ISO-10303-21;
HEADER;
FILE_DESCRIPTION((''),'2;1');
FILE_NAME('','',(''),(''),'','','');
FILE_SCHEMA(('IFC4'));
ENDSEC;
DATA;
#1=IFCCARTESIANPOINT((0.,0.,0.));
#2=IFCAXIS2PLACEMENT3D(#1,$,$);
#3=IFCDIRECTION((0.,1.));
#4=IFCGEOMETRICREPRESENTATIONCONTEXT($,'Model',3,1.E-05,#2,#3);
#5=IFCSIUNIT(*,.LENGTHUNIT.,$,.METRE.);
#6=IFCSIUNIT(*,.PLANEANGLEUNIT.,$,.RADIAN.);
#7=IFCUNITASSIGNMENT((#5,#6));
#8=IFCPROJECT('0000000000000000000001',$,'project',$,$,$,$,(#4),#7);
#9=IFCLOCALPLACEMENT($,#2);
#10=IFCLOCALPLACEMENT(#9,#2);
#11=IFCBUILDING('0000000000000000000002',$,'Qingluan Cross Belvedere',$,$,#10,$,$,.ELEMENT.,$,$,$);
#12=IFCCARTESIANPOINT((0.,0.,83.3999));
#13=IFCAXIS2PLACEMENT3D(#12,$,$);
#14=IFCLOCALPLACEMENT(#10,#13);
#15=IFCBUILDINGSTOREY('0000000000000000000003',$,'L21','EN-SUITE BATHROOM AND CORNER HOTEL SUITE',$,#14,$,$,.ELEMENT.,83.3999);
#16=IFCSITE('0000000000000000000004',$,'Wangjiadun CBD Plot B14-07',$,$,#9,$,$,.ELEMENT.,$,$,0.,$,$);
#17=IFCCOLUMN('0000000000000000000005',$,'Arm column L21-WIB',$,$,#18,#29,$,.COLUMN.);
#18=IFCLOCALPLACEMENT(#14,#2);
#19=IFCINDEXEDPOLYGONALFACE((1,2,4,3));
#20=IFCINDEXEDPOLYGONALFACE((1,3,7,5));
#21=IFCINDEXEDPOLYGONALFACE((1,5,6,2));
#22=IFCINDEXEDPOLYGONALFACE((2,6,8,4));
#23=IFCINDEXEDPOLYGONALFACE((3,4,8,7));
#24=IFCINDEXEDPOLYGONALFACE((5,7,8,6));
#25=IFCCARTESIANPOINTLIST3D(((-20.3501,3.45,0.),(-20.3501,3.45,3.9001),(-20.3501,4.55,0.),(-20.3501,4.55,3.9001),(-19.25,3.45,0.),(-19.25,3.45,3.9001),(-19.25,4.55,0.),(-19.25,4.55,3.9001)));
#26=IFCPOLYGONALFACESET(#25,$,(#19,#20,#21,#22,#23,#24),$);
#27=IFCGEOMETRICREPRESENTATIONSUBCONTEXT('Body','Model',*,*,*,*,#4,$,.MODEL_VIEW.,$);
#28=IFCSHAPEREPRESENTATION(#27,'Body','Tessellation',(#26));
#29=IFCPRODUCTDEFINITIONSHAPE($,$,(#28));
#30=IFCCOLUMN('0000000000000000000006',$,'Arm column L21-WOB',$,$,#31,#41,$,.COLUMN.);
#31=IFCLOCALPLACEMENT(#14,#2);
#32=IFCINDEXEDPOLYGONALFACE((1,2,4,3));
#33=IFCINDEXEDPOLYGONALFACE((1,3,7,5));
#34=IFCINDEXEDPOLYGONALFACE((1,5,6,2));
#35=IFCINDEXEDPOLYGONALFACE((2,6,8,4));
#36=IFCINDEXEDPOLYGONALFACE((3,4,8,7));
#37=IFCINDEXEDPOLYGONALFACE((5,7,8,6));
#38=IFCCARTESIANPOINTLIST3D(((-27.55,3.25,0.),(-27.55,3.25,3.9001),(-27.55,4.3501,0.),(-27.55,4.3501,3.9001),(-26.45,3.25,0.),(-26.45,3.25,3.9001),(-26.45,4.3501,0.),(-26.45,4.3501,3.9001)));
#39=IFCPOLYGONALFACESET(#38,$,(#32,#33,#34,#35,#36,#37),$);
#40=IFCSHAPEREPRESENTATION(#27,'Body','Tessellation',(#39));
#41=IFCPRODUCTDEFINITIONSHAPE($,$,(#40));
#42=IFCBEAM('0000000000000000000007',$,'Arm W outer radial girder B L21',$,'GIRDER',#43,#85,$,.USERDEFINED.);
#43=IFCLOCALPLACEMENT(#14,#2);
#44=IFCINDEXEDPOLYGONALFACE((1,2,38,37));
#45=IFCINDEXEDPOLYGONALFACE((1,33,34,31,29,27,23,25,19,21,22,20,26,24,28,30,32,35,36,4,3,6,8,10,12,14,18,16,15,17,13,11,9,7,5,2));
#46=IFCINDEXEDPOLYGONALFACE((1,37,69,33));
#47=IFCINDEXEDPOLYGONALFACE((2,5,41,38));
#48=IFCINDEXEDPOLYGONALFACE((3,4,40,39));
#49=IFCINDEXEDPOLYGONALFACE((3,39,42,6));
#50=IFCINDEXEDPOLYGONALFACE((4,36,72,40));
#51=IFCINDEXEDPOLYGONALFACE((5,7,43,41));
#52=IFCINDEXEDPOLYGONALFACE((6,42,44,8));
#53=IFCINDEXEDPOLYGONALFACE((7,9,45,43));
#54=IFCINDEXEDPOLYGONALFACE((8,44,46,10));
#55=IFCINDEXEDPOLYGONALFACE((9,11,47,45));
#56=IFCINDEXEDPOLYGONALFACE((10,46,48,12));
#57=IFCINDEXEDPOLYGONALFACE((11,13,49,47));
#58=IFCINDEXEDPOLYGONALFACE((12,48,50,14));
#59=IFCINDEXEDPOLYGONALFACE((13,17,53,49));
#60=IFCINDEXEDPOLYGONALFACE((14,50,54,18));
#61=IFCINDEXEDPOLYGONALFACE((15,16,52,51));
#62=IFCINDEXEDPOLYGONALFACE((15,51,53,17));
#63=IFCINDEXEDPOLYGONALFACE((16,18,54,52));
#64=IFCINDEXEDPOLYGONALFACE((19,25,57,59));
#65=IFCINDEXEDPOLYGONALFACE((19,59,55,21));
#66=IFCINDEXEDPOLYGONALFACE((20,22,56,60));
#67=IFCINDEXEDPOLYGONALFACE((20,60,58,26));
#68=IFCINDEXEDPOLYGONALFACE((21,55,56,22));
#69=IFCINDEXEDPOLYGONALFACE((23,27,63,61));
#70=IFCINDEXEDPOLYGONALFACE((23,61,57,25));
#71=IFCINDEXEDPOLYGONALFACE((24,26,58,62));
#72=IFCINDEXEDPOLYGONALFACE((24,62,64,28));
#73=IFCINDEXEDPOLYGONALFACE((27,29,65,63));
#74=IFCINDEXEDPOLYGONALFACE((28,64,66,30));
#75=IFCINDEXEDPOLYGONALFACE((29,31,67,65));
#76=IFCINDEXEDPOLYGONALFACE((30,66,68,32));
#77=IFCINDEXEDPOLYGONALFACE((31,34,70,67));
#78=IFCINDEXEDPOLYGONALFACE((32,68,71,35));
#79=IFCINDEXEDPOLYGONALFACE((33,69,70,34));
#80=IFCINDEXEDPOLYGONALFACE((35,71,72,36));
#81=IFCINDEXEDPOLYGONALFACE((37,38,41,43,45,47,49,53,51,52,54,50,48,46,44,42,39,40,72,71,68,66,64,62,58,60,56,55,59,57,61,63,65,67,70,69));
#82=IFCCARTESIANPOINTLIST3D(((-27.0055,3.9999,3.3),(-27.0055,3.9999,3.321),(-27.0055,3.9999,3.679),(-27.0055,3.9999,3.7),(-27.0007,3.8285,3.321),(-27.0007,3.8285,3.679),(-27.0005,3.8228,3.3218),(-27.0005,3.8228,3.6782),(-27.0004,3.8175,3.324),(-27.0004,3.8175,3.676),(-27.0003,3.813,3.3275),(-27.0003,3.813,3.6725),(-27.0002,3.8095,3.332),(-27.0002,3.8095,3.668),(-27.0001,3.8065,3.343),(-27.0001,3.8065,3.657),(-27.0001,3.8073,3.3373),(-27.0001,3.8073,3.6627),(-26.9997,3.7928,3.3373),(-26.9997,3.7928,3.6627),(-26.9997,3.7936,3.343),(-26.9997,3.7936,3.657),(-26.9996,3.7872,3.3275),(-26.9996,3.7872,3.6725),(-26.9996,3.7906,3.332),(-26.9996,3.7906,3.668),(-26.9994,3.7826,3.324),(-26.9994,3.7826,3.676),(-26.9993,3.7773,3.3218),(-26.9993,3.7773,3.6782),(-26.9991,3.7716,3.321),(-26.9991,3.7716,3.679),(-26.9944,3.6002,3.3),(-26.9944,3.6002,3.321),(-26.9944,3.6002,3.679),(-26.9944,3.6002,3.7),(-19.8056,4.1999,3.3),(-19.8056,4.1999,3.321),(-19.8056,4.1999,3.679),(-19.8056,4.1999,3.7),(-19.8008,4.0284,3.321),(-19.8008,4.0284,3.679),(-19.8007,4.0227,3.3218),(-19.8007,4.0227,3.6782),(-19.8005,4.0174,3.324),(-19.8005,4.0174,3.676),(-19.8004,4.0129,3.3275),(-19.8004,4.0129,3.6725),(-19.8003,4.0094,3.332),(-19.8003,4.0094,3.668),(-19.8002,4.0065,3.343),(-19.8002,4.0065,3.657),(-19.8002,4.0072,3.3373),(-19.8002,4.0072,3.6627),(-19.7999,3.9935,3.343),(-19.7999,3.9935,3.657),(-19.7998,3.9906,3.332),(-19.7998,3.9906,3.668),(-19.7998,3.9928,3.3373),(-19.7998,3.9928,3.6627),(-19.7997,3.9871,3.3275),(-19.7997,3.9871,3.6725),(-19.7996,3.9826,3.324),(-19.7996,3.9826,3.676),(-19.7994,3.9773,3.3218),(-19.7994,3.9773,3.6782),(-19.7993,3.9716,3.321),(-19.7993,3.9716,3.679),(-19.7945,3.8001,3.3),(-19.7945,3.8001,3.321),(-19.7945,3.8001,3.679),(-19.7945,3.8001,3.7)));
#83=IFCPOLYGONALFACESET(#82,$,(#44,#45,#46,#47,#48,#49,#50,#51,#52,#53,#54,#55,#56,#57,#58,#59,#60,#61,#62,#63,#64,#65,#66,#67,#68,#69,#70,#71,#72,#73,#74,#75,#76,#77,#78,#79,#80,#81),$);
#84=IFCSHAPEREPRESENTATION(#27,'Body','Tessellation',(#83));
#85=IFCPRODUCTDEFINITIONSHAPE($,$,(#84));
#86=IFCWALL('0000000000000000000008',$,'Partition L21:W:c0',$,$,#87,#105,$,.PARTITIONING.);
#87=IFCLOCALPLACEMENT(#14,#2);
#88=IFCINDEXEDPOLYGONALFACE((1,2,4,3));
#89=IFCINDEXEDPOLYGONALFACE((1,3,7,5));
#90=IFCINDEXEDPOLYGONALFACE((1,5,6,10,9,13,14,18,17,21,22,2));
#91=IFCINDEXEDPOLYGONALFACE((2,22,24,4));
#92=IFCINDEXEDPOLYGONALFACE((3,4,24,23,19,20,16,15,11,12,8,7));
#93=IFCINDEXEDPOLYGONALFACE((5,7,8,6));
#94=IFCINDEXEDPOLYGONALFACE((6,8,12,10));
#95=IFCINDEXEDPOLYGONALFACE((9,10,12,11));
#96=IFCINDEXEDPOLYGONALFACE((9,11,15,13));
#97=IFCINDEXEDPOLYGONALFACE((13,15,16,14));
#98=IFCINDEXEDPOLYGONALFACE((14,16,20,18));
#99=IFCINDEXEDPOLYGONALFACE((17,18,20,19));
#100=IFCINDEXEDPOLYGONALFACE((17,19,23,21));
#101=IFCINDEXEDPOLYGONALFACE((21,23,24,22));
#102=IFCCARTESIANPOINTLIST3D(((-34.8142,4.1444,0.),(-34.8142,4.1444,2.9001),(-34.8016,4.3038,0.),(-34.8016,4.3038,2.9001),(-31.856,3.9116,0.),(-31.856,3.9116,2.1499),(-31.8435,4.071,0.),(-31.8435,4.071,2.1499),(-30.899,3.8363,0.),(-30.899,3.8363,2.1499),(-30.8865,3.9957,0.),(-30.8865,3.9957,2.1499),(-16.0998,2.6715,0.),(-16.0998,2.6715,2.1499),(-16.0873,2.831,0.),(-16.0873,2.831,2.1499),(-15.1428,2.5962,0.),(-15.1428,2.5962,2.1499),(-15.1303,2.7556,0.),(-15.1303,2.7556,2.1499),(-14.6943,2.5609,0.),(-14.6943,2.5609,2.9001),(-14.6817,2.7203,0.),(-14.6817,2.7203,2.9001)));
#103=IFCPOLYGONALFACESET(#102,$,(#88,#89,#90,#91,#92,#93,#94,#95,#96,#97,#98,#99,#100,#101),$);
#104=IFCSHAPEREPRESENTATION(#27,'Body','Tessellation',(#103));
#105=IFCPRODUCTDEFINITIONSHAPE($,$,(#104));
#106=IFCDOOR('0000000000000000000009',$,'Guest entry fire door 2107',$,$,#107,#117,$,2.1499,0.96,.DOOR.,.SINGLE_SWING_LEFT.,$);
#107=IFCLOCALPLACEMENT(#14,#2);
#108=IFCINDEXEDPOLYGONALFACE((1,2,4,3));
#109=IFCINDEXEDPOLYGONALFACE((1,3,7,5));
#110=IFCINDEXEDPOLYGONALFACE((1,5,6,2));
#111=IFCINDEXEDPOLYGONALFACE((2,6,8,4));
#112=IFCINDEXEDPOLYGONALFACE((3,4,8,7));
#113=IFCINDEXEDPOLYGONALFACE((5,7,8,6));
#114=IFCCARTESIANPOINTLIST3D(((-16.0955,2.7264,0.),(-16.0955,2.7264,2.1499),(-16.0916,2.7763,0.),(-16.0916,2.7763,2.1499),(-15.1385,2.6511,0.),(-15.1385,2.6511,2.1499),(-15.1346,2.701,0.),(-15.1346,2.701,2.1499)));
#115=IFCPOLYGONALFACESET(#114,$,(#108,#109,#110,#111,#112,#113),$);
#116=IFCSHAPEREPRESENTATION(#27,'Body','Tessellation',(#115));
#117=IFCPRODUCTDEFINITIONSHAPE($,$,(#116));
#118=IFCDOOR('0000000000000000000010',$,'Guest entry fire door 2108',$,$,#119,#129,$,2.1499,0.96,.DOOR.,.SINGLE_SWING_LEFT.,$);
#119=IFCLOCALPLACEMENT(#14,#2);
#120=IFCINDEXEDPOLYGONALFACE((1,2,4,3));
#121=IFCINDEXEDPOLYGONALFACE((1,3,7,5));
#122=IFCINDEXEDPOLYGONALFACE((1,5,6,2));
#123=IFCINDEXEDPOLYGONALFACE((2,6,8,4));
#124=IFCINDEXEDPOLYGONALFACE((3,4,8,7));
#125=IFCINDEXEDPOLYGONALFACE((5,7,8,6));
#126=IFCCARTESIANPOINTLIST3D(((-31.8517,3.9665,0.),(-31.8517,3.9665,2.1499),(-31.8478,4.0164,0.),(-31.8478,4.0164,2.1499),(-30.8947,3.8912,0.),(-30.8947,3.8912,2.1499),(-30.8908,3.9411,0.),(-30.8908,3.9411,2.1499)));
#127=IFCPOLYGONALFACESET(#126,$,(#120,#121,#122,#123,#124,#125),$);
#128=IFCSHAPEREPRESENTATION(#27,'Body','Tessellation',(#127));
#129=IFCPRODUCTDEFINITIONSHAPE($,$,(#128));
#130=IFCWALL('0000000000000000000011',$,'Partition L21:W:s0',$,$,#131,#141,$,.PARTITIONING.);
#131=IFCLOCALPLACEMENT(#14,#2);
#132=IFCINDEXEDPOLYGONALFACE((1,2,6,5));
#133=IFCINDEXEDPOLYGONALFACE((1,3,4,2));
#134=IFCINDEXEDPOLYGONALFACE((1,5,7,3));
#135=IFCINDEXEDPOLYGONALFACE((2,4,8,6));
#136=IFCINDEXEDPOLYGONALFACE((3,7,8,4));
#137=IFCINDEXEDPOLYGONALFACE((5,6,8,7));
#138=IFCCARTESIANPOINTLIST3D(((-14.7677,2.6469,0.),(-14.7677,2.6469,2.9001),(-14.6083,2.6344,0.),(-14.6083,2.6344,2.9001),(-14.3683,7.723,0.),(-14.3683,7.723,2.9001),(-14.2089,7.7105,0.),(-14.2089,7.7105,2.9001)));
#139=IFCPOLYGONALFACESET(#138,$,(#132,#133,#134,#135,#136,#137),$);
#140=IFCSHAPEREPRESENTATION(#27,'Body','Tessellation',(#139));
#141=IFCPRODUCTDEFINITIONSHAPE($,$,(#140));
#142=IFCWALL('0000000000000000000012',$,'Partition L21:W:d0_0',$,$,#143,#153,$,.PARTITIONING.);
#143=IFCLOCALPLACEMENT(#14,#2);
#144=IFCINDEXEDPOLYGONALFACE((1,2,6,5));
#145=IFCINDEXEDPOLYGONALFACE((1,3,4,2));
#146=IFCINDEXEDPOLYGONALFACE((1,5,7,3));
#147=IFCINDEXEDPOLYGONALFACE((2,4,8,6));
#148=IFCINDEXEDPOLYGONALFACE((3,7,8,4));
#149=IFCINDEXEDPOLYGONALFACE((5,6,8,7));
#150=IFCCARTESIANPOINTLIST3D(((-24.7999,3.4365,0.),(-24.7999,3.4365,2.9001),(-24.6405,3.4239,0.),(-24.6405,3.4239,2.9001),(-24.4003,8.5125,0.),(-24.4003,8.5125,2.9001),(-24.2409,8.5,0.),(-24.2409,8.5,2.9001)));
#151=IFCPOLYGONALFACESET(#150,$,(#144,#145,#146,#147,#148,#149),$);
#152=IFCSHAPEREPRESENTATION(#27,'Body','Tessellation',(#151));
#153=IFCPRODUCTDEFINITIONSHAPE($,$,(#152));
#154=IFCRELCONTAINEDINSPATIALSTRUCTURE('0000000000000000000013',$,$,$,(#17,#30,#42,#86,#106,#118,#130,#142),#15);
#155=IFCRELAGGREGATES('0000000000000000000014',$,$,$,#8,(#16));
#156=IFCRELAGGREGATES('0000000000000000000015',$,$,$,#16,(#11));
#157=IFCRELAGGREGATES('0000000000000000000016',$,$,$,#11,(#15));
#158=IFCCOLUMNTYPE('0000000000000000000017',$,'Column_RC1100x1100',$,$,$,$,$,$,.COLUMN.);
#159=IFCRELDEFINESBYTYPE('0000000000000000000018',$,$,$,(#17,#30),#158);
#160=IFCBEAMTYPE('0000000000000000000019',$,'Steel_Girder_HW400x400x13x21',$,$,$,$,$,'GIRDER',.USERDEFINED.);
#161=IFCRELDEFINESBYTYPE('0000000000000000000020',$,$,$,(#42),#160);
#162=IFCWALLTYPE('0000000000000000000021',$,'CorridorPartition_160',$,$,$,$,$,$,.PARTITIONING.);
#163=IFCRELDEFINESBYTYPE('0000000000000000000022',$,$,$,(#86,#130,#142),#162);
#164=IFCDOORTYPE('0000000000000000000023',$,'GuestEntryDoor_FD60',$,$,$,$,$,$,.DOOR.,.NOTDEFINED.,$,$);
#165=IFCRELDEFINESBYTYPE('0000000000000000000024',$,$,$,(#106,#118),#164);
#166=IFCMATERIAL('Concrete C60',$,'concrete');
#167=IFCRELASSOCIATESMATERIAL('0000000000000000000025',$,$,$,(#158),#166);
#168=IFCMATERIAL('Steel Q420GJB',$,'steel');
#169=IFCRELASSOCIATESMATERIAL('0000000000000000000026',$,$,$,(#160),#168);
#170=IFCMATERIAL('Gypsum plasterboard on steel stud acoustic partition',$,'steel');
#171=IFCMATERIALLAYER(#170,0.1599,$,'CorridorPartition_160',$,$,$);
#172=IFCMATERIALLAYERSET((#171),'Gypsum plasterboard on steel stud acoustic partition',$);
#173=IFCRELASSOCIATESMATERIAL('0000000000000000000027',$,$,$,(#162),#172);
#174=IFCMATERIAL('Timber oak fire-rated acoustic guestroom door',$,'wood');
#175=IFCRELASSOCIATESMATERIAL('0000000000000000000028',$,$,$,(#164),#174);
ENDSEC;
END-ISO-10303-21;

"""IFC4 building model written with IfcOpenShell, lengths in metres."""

from ifc_helpers import new_model, si_unit, direction, frame, frame_2d, origin, origin_2d, place, context, subcontext, project, spatial, rectangle, i_section, extrude, material, layer, layer_set, material_profile, profile_set, type_object, element, fill, save


model = new_model("IFC4")

# Units and contexts
model_context = context("Model", 3, precision=1e-05, world=origin(), true_north=direction((0.0, 1.0)))
body_context = subcontext(model_context, "Body", "Model", "MODEL_VIEW")
ifc_project = project(units=[si_unit("LENGTHUNIT", "METRE"), si_unit("PLANEANGLEUNIT", "RADIAN")], contexts=[model_context])

# Site, building, storey
site_placement = place(None, origin())
site = spatial("IfcSite", under=ifc_project, at=site_placement, Name="Wangjiadun CBD Plot B14-07", CompositionType="ELEMENT", RefElevation=0.0)
building_placement = place(site_placement, origin())
building = spatial("IfcBuilding", under=site, at=building_placement, Name="Qingluan Cross Belvedere", CompositionType="ELEMENT")
storey_placement = place(building_placement, frame((0.0, 0.0, 83.3999)))
storey = spatial("IfcBuildingStorey", under=building, at=storey_placement, Name="L21", Description="EN-SUITE BATHROOM AND CORNER HOTEL SUITE", CompositionType="ELEMENT", Elevation=83.3999)

# Columns
ifc_material_1 = material(Name="Concrete C60", Category="concrete")
ifc_material_profile_1 = material_profile(ifc_material_1, rectangle(XDim=1.1001, YDim=1.1001, at=origin_2d()), Name="RC1100x1100")
ifc_profile_set_1 = profile_set([ifc_material_profile_1], Name="Concrete C60")
column_type = type_object("IfcColumnType", Name="Column_RC1100x1100", PredefinedType="COLUMN", material=ifc_profile_set_1)
for number, where, z_axis, x_axis, name in (
    (1, (-19.8, 4.0, 0.0), (0.0, 0.0, 1.0), (1.0, 0.0, 0.0), "Arm column L21-WIB"),
    (2, (-27.0, 3.8, 0.0), (0.0, 0.0, 1.0), (1.0, 0.0, 0.0), "Arm column L21-WOB"),
):
    element("IfcColumn", number, at=place(storey_placement, frame(where, z_axis=z_axis, x_axis=x_axis)), inside=storey, type_object=column_type, Name=name, PredefinedType="COLUMN", context=body_context, shape_type="SweptSolid", body=[
        extrude(rectangle(XDim=1.1001, YDim=1.1001, at=origin_2d()), origin(), (0.0, 0.0, 1.0), 3.9001),
    ])

# Beam
ifc_material_2 = material(Name="Steel Q420GJB", Category="steel")
ifc_material_profile_2 = material_profile(ifc_material_2, i_section(OverallWidth=0.3999, OverallDepth=0.3999, WebThickness=0.0129, FlangeThickness=0.021, FilletRadius=0.022, at=origin_2d()), Name="HW400x400x13x21")
ifc_profile_set_2 = profile_set([ifc_material_profile_2], Name="Steel Q420GJB")
beam_type = type_object("IfcBeamType", Name="Steel_Girder_HW400x400x13x21", ElementType="GIRDER", PredefinedType="USERDEFINED", material=ifc_profile_set_2)
beam_placement = place(storey_placement, frame((-19.8, 4.0, 3.5), z_axis=(-0.999615, -0.02776, 0.0), x_axis=(0.02776, -0.999615, 0.0)))
element("IfcBeam", 3, at=beam_placement, inside=storey, type_object=beam_type, Name="Arm W outer radial girder B L21", ObjectType="GIRDER", PredefinedType="USERDEFINED", context=body_context, shape_type="SweptSolid", body=[
    extrude(i_section(OverallWidth=0.3999, OverallDepth=0.3999, WebThickness=0.0129, FlangeThickness=0.021, FilletRadius=0.022, at=origin_2d()), origin(), (0.0, 0.0, 1.0), 7.2026),
])

# Wall, openings, doors
ifc_material_3 = material(Name="Gypsum plasterboard on steel stud acoustic partition", Category="steel")
ifc_layer_1 = layer(ifc_material_3, 0.1599, Name="CorridorPartition_160")
ifc_layer_set_1 = layer_set([ifc_layer_1], Name="Gypsum plasterboard on steel stud acoustic partition")
wall_type_1 = type_object("IfcWallType", Name="CorridorPartition_160", PredefinedType="PARTITIONING", material=ifc_layer_set_1)
wall_1_placement = place(storey_placement, frame((-14.688, 2.6406, 0.0), z_axis=(0.0, 0.0, 1.0), x_axis=(-0.996917, 0.07846, 0.0)))
wall_1 = element("IfcWall", 4, at=wall_1_placement, inside=storey, type_object=wall_type_1, Name="Partition L21:W:c0", PredefinedType="PARTITIONING", context=body_context, shape_type="SweptSolid", body=[
    extrude(rectangle(XDim=20.1821, YDim=0.1599, at=frame_2d((10.0911, 0.0))), origin(), (0.0, 0.0, 1.0), 2.9001),
])
opening_1_placement = place(wall_1_placement, frame((0.45, 0.0, 0.0)))
opening_1 = element("IfcOpeningElement", 5, at=opening_1_placement, cuts=wall_1, PredefinedType="OPENING", context=body_context, shape_type="SweptSolid", body=[
    extrude(rectangle(XDim=0.96, YDim=2.1499, at=frame_2d((0.48, 1.075))), frame((0.0, 0.0898, 0.0), z_axis=(0.0, -1.0, 0.0), x_axis=(1.0, 0.0, 0.0)), (0.0, 0.0, 1.0), 0.1799),
])
opening_2_placement = place(wall_1_placement, frame((16.2549, 0.0, 0.0)))
opening_2 = element("IfcOpeningElement", 6, at=opening_2_placement, cuts=wall_1, PredefinedType="OPENING", context=body_context, shape_type="SweptSolid", body=[
    extrude(rectangle(XDim=0.96, YDim=2.1499, at=frame_2d((0.48, 1.075))), frame((0.0, 0.0898, 0.0), z_axis=(0.0, -1.0, 0.0), x_axis=(1.0, 0.0, 0.0)), (0.0, 0.0, 1.0), 0.1799),
])
ifc_material_4 = material(Name="Timber oak fire-rated acoustic guestroom door", Category="wood")
door_type_1 = type_object("IfcDoorType", Name="GuestEntryDoor_FD60", OperationType="NOTDEFINED", PredefinedType="DOOR", material=ifc_material_4)
door_1_placement = place(opening_1_placement, origin())
door_1 = element("IfcDoor", 7, at=door_1_placement, inside=storey, type_object=door_type_1, Name="Guest entry fire door 2107", OperationType="SINGLE_SWING_LEFT", OverallHeight=2.1499, OverallWidth=0.96, PredefinedType="DOOR", context=body_context, shape_type="SweptSolid", body=[
    extrude(rectangle(XDim=0.96, YDim=2.1499, at=frame_2d((0.48, 1.075))), frame((0.0, 0.0249, 0.0), z_axis=(0.0, -1.0, 0.0), x_axis=(1.0, 0.0, 0.0)), (0.0, 0.0, 1.0), 0.05),
])
fill(opening_1, door_1)
door_2_placement = place(opening_2_placement, origin())
door_2 = element("IfcDoor", 8, at=door_2_placement, inside=storey, type_object=door_type_1, Name="Guest entry fire door 2108", OperationType="SINGLE_SWING_LEFT", OverallHeight=2.1499, OverallWidth=0.96, PredefinedType="DOOR", context=body_context, shape_type="SweptSolid", body=[
    extrude(rectangle(XDim=0.96, YDim=2.1499, at=frame_2d((0.48, 1.075))), frame((0.0, 0.0249, 0.0), z_axis=(0.0, -1.0, 0.0), x_axis=(1.0, 0.0, 0.0)), (0.0, 0.0, 1.0), 0.05),
])
fill(opening_2, door_2)

# Walls
for number, where, z_axis, x_axis, name in (
    (9, (-14.688, 2.6406, 0.0), (0.0, 0.0, 1.0), (0.078442, 0.996919, 0.0), "Partition L21:W:s0"),
    (10, (-24.7202, 3.4302, 0.0), (0.0, 0.0, 1.0), (0.078489, 0.996915, 0.0), "Partition L21:W:d0_0"),
):
    element("IfcWall", number, at=place(storey_placement, frame(where, z_axis=z_axis, x_axis=x_axis)), inside=storey, type_object=wall_type_1, Name=name, PredefinedType="PARTITIONING", context=body_context, shape_type="SweptSolid", body=[
        extrude(rectangle(XDim=5.0918, YDim=0.1599, at=frame_2d((2.5459, 0.0))), origin(), (0.0, 0.0, 1.0), 2.9001),
    ])

save(model, "model.ifc")
